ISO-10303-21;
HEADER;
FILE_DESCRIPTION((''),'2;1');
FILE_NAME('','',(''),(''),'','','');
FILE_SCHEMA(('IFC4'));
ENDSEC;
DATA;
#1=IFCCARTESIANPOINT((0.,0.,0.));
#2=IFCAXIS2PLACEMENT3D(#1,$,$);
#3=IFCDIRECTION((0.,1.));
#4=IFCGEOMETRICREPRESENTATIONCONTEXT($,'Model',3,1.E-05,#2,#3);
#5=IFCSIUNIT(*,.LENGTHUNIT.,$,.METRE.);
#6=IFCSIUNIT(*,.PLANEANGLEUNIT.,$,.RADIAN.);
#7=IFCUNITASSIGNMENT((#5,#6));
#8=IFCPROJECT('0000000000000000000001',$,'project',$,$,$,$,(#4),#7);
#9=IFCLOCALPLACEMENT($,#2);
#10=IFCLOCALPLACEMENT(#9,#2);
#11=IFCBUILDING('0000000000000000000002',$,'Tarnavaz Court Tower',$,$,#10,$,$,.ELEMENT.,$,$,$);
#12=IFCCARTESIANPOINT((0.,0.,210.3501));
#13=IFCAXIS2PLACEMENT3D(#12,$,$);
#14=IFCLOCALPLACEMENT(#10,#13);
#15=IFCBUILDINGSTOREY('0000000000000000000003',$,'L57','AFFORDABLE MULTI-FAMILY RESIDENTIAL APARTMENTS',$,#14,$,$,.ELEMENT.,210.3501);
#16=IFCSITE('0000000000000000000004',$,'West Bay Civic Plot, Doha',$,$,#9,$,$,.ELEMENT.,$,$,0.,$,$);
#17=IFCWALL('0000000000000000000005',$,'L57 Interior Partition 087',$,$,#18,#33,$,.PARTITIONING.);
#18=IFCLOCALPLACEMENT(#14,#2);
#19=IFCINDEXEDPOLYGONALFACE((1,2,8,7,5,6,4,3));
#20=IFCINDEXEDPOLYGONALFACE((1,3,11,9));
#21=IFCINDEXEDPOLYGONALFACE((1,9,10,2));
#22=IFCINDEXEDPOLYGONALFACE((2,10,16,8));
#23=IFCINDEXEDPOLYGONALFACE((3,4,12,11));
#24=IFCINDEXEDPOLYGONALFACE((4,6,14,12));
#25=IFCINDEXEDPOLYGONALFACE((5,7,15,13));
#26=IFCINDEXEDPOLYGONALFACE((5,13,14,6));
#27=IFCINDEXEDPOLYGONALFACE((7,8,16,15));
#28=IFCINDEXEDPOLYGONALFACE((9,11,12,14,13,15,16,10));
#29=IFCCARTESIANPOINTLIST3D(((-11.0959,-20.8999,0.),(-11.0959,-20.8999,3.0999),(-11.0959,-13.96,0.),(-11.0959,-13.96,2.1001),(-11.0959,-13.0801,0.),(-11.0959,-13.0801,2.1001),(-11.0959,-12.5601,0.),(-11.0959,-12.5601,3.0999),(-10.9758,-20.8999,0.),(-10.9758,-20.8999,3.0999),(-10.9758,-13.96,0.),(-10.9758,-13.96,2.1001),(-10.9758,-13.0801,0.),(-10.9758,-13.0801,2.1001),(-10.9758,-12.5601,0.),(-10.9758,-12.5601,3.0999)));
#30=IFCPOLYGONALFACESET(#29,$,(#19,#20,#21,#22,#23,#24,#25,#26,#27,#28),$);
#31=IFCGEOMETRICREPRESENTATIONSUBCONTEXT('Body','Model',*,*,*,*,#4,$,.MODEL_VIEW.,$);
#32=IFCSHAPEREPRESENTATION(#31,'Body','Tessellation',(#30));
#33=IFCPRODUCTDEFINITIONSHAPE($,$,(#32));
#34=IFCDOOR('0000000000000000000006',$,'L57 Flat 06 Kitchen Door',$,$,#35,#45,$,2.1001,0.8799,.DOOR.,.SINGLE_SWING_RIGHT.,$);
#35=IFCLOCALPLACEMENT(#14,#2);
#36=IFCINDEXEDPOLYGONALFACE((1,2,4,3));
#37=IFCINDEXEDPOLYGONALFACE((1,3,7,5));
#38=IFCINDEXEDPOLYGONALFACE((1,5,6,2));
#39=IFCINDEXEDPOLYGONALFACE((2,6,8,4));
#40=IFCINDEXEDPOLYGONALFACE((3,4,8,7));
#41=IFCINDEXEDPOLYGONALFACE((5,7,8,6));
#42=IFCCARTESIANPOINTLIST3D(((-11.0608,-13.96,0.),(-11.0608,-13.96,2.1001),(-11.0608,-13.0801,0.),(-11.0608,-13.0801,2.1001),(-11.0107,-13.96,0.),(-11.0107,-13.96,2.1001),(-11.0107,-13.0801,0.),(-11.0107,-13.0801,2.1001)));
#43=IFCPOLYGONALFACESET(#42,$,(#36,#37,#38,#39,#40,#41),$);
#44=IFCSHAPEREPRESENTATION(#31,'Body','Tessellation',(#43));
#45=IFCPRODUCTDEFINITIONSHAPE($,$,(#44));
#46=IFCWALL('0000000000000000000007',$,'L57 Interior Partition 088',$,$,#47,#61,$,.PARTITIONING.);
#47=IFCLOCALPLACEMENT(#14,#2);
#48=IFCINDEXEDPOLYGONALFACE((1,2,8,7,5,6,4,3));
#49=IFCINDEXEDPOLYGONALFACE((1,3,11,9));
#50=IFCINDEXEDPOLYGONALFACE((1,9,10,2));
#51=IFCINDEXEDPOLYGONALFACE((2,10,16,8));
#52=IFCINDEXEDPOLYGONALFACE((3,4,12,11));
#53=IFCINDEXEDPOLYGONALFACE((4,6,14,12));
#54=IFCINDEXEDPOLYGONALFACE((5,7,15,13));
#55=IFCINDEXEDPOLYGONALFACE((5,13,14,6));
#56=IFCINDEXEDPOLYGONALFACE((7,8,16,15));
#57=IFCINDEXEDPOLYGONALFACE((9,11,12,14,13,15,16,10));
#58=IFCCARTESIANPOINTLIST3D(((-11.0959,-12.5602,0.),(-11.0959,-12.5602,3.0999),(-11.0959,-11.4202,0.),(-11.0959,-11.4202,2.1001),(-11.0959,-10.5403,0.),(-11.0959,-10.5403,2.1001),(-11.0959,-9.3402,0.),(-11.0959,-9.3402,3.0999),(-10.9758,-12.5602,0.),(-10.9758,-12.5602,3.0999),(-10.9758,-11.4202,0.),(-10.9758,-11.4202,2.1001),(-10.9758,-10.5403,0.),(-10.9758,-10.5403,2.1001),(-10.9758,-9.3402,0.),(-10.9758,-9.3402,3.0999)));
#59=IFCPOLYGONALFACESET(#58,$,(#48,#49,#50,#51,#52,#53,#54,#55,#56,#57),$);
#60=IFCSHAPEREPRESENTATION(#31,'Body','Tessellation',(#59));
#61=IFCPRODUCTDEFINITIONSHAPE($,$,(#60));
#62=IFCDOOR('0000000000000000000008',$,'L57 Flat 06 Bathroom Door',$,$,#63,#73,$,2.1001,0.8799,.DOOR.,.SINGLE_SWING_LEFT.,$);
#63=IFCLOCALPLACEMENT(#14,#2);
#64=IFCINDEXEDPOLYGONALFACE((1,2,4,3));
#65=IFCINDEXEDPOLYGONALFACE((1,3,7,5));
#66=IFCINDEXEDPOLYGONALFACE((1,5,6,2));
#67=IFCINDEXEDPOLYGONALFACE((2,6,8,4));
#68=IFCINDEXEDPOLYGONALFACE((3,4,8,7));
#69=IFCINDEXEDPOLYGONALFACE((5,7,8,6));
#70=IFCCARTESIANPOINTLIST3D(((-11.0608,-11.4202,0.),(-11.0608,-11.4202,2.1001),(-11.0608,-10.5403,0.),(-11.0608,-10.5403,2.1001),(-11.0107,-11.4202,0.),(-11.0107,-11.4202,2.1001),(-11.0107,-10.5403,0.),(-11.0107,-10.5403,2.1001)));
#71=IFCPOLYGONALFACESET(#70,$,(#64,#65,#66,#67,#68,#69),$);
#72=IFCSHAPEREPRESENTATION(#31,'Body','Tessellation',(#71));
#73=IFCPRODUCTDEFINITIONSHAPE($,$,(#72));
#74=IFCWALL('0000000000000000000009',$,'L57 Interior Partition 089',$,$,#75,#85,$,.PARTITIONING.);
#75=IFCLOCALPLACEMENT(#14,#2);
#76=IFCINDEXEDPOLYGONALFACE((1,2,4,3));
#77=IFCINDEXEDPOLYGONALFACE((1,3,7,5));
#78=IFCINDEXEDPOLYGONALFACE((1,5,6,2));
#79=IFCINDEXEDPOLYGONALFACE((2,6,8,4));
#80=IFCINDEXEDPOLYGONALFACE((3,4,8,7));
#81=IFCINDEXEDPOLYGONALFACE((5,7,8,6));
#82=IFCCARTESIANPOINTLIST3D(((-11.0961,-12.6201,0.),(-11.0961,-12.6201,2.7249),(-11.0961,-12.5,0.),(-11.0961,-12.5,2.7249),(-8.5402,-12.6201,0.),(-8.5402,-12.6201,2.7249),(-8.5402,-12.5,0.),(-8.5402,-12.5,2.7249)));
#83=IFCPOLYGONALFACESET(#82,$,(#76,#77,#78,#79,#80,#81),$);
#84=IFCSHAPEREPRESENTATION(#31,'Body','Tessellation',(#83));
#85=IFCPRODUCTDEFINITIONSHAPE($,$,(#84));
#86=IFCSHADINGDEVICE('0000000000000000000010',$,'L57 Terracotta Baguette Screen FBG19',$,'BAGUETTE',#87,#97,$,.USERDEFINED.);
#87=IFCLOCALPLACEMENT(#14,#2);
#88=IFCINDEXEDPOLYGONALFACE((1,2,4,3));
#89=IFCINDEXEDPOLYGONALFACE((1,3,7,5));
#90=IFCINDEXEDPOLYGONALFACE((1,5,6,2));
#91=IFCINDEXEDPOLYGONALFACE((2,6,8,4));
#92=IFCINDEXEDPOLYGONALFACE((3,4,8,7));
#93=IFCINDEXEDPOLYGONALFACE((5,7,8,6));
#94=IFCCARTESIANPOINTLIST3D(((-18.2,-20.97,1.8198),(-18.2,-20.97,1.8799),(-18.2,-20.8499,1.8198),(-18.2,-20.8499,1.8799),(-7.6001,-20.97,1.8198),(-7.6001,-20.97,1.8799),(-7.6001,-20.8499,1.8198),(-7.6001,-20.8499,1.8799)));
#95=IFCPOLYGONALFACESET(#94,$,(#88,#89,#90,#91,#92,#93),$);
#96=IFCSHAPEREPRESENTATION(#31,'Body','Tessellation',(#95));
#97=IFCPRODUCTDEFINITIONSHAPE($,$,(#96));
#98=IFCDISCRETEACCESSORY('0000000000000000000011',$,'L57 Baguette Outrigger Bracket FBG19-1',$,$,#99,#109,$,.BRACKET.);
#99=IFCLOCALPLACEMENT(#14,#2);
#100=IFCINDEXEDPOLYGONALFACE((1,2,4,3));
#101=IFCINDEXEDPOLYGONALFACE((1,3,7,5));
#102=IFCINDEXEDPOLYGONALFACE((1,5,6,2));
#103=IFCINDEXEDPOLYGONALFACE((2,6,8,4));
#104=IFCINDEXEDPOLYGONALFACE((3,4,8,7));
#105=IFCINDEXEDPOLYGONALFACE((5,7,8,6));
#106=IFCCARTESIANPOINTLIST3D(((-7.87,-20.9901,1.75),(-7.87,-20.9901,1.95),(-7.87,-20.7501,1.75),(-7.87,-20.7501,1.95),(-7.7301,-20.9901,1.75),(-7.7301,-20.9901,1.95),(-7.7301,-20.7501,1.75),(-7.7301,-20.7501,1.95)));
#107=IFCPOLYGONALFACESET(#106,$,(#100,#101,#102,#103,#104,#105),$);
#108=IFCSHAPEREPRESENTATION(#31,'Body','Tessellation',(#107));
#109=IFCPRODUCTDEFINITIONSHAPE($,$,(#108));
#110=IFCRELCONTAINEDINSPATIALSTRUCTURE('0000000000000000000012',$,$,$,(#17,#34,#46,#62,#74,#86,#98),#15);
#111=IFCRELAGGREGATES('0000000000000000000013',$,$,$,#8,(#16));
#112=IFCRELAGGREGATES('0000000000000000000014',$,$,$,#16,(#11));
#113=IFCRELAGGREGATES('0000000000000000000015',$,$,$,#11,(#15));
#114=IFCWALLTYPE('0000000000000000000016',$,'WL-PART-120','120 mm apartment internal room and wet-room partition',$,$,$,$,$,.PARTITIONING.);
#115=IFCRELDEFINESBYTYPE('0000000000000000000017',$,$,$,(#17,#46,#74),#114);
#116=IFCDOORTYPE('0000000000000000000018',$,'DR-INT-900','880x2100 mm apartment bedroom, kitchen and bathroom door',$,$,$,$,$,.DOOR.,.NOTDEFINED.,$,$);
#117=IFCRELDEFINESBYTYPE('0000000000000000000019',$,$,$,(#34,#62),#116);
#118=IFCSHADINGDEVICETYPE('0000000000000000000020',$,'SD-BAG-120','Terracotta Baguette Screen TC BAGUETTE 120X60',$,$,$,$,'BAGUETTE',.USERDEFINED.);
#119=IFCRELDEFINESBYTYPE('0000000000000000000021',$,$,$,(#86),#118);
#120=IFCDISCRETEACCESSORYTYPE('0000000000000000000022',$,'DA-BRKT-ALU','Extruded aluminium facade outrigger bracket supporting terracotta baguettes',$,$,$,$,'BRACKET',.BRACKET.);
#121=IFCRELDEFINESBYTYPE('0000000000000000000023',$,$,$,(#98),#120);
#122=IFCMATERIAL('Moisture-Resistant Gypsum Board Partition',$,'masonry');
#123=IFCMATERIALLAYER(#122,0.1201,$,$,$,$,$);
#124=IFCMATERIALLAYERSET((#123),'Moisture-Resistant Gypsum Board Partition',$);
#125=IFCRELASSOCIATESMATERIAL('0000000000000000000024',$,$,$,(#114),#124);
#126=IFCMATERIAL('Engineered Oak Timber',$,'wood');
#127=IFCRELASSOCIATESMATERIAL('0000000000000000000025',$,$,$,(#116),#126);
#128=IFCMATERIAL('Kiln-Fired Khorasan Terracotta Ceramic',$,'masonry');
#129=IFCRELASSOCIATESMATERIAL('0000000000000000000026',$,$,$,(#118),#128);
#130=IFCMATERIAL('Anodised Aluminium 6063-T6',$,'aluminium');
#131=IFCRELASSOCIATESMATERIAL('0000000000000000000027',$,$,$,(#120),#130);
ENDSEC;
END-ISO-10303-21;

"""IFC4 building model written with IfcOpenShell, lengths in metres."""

from ifc_helpers import new_model, si_unit, direction, frame, frame_2d, origin, origin_2d, place, context, subcontext, project, spatial, rectangle, extrude, material, layer, layer_set, material_profile, profile_set, type_object, element, fill, save


model = new_model("IFC4")

# Units and contexts
model_context = context("Model", 3, precision=1e-05, world=origin(), true_north=direction((0.0, 1.0)))
body_context = subcontext(model_context, "Body", "Model", "MODEL_VIEW")
ifc_project = project(units=[si_unit("LENGTHUNIT", "METRE"), si_unit("PLANEANGLEUNIT", "RADIAN")], contexts=[model_context])

# Site, building, storey
site_placement = place(None, origin())
site = spatial("IfcSite", under=ifc_project, at=site_placement, Name="West Bay Civic Plot, Doha", CompositionType="ELEMENT", RefElevation=0.0)
building_placement = place(site_placement, origin())
building = spatial("IfcBuilding", under=site, at=building_placement, Name="Tarnavaz Court Tower", CompositionType="ELEMENT")
storey_placement = place(building_placement, frame((0.0, 0.0, 210.3501)))
storey = spatial("IfcBuildingStorey", under=building, at=storey_placement, Name="L57", Description="AFFORDABLE MULTI-FAMILY RESIDENTIAL APARTMENTS", CompositionType="ELEMENT", Elevation=210.3501)

# Walls, openings, doors
ifc_material_1 = material(Name="Moisture-Resistant Gypsum Board Partition", Category="masonry")
ifc_layer_1 = layer(ifc_material_1, 0.1201)
ifc_layer_set_1 = layer_set([ifc_layer_1], Name="Moisture-Resistant Gypsum Board Partition")
wall_type_1 = type_object("IfcWallType", Name="WL-PART-120", Description="120 mm apartment internal room and wet-room partition", PredefinedType="PARTITIONING", material=ifc_layer_set_1)
wall_1_placement = place(storey_placement, frame((-11.0359, -20.8999, 0.0), z_axis=(0.0, 0.0, 1.0), x_axis=(0.0, 1.0, 0.0)))
wall_1 = element("IfcWall", 1, at=wall_1_placement, inside=storey, type_object=wall_type_1, Name="L57 Interior Partition 087", PredefinedType="PARTITIONING", context=body_context, shape_type="SweptSolid", body=[
    extrude(rectangle(XDim=8.3398, YDim=0.1201, at=frame_2d((4.1699, 0.0))), origin(), (0.0, 0.0, 1.0), 3.0999),
])
opening_1_placement = place(wall_1_placement, frame((6.9399, 0.0, 0.0)))
opening_1 = element("IfcOpeningElement", 2, at=opening_1_placement, cuts=wall_1, PredefinedType="OPENING", context=body_context, shape_type="SweptSolid", body=[
    extrude(rectangle(XDim=0.8799, YDim=2.1001, at=frame_2d((0.4399, 1.05))), frame((0.0, 0.0701, 0.0), z_axis=(0.0, -1.0, 0.0), x_axis=(1.0, 0.0, 0.0)), (0.0, 0.0, 1.0), 0.1401),
])
ifc_material_2 = material(Name="Engineered Oak Timber", Category="wood")
door_type = type_object("IfcDoorType", Name="DR-INT-900", Description="880x2100 mm apartment bedroom, kitchen and bathroom door", OperationType="NOTDEFINED", PredefinedType="DOOR", material=ifc_material_2)
door_1_placement = place(opening_1_placement, origin())
door_1 = element("IfcDoor", 3, at=door_1_placement, inside=storey, type_object=door_type, Name="L57 Flat 06 Kitchen Door", OperationType="SINGLE_SWING_RIGHT", OverallHeight=2.1001, OverallWidth=0.8799, PredefinedType="DOOR", context=body_context, shape_type="SweptSolid", body=[
    extrude(rectangle(XDim=0.8799, YDim=2.1001, at=frame_2d((0.4399, 1.05))), frame((0.0, 0.0249, 0.0), z_axis=(0.0, -1.0, 0.0), x_axis=(1.0, 0.0, 0.0)), (0.0, 0.0, 1.0), 0.05),
])
fill(opening_1, door_1)
wall_2_placement = place(storey_placement, frame((-11.0359, -12.5601, 0.0), z_axis=(0.0, 0.0, 1.0), x_axis=(0.0, 1.0, 0.0)))
wall_2 = element("IfcWall", 4, at=wall_2_placement, inside=storey, type_object=wall_type_1, Name="L57 Interior Partition 088", PredefinedType="PARTITIONING", context=body_context, shape_type="SweptSolid", body=[
    extrude(rectangle(XDim=3.22, YDim=0.1201, at=frame_2d((1.6099, 0.0))), origin(), (0.0, 0.0, 1.0), 3.0999),
])
opening_2_placement = place(wall_2_placement, frame((1.1399, 0.0, 0.0)))
opening_2 = element("IfcOpeningElement", 5, at=opening_2_placement, cuts=wall_2, PredefinedType="OPENING", context=body_context, shape_type="SweptSolid", body=[
    extrude(rectangle(XDim=0.8799, YDim=2.1001, at=frame_2d((0.4399, 1.05))), frame((0.0, 0.0701, 0.0), z_axis=(0.0, -1.0, 0.0), x_axis=(1.0, 0.0, 0.0)), (0.0, 0.0, 1.0), 0.1401),
])
door_2_placement = place(opening_2_placement, origin())
door_2 = element("IfcDoor", 6, at=door_2_placement, inside=storey, type_object=door_type, Name="L57 Flat 06 Bathroom Door", OperationType="SINGLE_SWING_LEFT", OverallHeight=2.1001, OverallWidth=0.8799, PredefinedType="DOOR", context=body_context, shape_type="SweptSolid", body=[
    extrude(rectangle(XDim=0.8799, YDim=2.1001, at=frame_2d((0.4399, 1.05))), frame((0.0, 0.0249, 0.0), z_axis=(0.0, -1.0, 0.0), x_axis=(1.0, 0.0, 0.0)), (0.0, 0.0, 1.0), 0.05),
])
fill(opening_2, door_2)

# Wall
wall_3_placement = place(storey_placement, frame((-11.0959, -12.5601, 0.0), z_axis=(0.0, 0.0, 1.0), x_axis=(1.0, 0.0, 0.0)))
element("IfcWall", 7, at=wall_3_placement, inside=storey, type_object=wall_type_1, Name="L57 Interior Partition 089", PredefinedType="PARTITIONING", context=body_context, shape_type="SweptSolid", body=[
    extrude(rectangle(XDim=2.5559, YDim=0.1201, at=frame_2d((1.2778, 0.0))), origin(), (0.0, 0.0, 1.0), 2.7249),
])

# Shading device
ifc_material_3 = material(Name="Kiln-Fired Khorasan Terracotta Ceramic", Category="masonry")
ifc_material_profile_1 = material_profile(ifc_material_3, rectangle(XDim=0.1201, YDim=0.0601, at=origin_2d()), Name="TC BAGUETTE 120X60")
ifc_profile_set_1 = profile_set([ifc_material_profile_1], Name="Kiln-Fired Khorasan Terracotta Ceramic")
shading_device_type = type_object("IfcShadingDeviceType", Name="SD-BAG-120", Description="Terracotta Baguette Screen TC BAGUETTE 120X60", ElementType="BAGUETTE", PredefinedType="USERDEFINED", material=ifc_profile_set_1)
shading_device_placement = place(storey_placement, frame((-7.6001, -20.9099, 1.8499), z_axis=(-1.0, 0.0, 0.0), x_axis=(0.0, -1.0, 0.0)))
element("IfcShadingDevice", 8, at=shading_device_placement, inside=storey, type_object=shading_device_type, Name="L57 Terracotta Baguette Screen FBG19", ObjectType="BAGUETTE", PredefinedType="USERDEFINED", context=body_context, shape_type="SweptSolid", body=[
    extrude(rectangle(XDim=0.1201, YDim=0.0601, at=origin_2d()), origin(), (0.0, 0.0, 1.0), 10.5999),
])

# Discrete accessory
ifc_material_4 = material(Name="Anodised Aluminium 6063-T6", Category="aluminium")
discrete_accessory_type = type_object("IfcDiscreteAccessoryType", Name="DA-BRKT-ALU", Description="Extruded aluminium facade outrigger bracket supporting terracotta baguettes", ElementType="BRACKET", PredefinedType="BRACKET", material=ifc_material_4)
discrete_accessory_placement = place(storey_placement, frame((-7.8, -20.8701, 1.75), z_axis=(0.0, 0.0, 1.0), x_axis=(-1.0, 0.0, 0.0)))
element("IfcDiscreteAccessory", 9, at=discrete_accessory_placement, inside=storey, type_object=discrete_accessory_type, Name="L57 Baguette Outrigger Bracket FBG19-1", PredefinedType="BRACKET", context=body_context, shape_type="SweptSolid", body=[
    extrude(rectangle(XDim=0.1399, YDim=0.24, at=origin_2d()), origin(), (0.0, 0.0, 1.0), 0.2),
])

save(model, "model.ifc")
